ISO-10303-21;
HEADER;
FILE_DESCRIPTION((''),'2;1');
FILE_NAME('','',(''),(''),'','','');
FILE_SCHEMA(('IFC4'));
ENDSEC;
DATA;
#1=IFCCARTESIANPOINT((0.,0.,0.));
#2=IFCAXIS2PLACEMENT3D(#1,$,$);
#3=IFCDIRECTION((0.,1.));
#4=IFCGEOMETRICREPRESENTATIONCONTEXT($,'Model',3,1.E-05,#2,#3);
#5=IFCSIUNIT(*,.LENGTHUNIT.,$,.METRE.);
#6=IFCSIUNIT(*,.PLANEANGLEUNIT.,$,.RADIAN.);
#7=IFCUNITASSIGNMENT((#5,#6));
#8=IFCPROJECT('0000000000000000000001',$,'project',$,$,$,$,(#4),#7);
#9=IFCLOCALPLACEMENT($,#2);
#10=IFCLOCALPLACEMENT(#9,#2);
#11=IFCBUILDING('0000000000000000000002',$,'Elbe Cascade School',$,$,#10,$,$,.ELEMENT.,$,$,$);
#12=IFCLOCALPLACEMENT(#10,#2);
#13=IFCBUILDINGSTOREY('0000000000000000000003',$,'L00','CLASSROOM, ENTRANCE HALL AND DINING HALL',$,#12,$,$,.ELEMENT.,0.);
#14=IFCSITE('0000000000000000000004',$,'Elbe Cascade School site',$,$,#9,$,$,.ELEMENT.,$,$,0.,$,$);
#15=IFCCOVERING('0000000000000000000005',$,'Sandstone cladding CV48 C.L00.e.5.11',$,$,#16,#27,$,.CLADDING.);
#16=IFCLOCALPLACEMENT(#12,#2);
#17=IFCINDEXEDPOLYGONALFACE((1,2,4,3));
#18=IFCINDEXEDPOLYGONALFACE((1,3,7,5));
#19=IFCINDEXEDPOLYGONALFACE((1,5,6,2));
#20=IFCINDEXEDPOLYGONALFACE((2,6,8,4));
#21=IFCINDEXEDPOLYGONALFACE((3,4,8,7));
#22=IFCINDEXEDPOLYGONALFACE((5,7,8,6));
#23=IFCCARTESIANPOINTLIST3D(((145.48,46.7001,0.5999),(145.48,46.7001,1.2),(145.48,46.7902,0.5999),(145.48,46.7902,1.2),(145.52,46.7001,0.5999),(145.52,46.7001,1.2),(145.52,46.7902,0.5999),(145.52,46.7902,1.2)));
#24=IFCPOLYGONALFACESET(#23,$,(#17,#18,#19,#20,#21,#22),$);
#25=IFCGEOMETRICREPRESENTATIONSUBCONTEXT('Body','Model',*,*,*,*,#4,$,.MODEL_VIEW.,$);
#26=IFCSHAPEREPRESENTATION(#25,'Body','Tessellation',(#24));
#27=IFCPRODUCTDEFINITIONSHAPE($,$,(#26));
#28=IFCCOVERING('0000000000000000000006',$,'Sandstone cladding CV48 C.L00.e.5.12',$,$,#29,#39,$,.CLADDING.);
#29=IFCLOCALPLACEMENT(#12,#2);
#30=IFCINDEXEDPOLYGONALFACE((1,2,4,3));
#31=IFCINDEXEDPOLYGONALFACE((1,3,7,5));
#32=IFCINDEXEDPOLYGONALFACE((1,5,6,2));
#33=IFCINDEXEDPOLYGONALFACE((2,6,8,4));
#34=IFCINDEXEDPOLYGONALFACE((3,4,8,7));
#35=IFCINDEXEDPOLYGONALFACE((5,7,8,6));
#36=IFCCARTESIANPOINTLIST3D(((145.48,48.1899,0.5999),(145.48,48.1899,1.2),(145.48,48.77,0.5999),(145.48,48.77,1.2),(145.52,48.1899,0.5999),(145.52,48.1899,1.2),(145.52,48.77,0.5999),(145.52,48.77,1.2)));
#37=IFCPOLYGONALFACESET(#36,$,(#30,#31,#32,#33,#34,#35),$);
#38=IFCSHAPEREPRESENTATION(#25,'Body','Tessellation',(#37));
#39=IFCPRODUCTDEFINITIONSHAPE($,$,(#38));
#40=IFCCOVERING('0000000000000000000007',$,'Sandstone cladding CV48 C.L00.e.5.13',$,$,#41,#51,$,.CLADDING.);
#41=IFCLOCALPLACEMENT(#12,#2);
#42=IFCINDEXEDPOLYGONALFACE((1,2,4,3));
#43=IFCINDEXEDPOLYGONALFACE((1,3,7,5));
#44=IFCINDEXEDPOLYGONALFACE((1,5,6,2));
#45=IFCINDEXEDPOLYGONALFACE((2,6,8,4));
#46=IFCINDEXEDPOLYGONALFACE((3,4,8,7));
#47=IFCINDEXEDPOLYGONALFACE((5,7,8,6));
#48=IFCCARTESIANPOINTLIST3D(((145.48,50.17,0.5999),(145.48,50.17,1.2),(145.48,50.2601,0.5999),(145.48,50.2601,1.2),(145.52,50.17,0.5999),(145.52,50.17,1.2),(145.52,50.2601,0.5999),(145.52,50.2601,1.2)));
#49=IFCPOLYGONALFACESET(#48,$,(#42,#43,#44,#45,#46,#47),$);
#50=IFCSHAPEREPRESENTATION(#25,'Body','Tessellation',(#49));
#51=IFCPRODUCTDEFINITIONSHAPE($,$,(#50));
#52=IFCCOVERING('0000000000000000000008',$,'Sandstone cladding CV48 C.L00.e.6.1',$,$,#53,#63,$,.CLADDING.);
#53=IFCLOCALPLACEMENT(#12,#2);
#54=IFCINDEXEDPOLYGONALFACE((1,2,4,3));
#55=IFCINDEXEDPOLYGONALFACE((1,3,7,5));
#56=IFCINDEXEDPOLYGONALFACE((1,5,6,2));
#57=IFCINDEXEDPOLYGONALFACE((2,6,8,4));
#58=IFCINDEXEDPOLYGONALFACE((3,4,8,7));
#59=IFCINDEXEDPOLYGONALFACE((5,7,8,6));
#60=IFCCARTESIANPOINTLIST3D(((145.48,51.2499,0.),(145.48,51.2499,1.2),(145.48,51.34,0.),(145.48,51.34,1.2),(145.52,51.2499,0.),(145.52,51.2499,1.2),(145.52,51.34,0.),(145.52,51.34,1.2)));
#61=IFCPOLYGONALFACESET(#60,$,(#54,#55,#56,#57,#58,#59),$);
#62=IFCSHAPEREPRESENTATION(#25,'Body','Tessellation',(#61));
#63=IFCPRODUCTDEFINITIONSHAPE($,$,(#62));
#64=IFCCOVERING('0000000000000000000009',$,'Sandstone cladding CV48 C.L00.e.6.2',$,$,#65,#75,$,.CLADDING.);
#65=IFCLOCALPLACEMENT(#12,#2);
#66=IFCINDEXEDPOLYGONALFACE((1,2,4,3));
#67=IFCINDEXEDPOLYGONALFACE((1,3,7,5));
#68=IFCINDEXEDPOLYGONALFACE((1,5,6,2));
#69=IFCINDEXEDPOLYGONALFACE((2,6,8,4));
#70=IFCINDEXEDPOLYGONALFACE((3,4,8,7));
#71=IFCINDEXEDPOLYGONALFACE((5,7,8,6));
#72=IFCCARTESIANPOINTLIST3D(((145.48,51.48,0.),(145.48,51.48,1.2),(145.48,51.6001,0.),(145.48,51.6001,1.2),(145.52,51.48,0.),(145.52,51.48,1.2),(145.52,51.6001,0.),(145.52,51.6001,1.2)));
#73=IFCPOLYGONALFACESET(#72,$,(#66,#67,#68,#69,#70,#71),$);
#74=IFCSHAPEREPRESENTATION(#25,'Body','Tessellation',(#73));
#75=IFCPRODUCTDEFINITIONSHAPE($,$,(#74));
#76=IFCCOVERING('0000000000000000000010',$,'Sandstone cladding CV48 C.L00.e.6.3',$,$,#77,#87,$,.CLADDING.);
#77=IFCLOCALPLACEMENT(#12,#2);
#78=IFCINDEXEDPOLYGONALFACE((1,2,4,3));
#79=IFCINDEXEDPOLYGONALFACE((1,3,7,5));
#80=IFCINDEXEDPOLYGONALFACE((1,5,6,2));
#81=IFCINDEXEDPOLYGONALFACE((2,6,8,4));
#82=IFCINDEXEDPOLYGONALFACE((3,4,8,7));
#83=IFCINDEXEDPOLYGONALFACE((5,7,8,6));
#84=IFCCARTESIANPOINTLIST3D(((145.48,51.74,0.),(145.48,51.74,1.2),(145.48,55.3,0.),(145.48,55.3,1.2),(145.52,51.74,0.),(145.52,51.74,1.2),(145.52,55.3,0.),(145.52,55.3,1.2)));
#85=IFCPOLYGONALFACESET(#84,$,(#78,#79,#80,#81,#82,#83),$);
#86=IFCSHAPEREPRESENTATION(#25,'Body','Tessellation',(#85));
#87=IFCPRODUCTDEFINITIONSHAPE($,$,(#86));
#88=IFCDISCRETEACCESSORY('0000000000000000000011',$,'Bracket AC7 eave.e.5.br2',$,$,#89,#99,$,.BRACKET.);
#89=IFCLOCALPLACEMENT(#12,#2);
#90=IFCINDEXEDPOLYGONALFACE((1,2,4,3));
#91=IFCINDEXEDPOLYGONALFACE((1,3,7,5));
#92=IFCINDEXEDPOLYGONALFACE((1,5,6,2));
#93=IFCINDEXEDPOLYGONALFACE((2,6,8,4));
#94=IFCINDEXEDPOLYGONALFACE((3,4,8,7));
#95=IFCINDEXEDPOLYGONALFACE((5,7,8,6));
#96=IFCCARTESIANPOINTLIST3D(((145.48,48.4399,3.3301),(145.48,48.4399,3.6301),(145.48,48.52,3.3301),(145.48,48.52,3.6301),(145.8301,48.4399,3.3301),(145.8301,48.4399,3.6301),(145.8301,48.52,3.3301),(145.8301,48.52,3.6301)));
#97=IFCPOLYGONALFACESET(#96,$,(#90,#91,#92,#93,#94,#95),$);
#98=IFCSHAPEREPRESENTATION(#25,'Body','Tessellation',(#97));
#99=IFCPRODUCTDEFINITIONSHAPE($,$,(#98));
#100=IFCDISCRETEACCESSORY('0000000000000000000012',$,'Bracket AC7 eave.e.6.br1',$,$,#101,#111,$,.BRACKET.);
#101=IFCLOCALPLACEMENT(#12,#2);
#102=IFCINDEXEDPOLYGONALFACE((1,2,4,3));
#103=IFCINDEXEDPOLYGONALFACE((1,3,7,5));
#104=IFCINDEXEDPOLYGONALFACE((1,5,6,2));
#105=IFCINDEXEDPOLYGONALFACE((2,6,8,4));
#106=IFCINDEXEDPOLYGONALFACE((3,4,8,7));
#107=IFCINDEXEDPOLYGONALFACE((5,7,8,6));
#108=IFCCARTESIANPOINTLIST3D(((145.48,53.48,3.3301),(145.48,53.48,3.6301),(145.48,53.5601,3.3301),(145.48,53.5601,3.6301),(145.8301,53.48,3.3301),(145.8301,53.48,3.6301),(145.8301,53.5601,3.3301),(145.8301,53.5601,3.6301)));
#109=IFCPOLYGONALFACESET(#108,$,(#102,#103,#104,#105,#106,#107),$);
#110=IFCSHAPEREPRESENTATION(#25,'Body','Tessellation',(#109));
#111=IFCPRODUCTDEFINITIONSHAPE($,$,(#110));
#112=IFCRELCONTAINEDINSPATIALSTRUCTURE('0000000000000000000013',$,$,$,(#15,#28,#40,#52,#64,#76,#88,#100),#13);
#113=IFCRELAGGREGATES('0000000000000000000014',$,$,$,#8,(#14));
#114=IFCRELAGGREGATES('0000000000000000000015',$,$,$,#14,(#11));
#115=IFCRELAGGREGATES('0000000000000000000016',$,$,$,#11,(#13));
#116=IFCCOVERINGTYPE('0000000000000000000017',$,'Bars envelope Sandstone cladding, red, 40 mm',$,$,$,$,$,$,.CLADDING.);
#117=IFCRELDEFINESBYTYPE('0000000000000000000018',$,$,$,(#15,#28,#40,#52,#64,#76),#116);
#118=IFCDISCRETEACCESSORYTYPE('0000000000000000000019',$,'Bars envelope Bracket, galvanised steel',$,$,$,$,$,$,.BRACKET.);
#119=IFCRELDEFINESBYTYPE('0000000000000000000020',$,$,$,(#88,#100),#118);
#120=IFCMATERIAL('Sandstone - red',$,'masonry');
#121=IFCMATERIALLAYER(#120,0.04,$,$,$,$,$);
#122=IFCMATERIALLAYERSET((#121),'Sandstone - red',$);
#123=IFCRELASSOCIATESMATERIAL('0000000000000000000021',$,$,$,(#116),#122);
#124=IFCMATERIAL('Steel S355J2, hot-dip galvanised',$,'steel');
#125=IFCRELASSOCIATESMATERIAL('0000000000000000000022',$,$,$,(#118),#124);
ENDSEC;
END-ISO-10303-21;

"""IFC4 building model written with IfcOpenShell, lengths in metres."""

from ifc_helpers import new_model, si_unit, direction, frame, origin, origin_2d, place, context, subcontext, project, spatial, rectangle, extrude, material, layer, layer_set, type_object, element, save


model = new_model("IFC4")

# Units and contexts
model_context = context("Model", 3, precision=1e-05, world=origin(), true_north=direction((0.0, 1.0)))
body_context = subcontext(model_context, "Body", "Model", "MODEL_VIEW")
ifc_project = project(units=[si_unit("LENGTHUNIT", "METRE"), si_unit("PLANEANGLEUNIT", "RADIAN")], contexts=[model_context])

# Site, building, storey
site_placement = place(None, origin())
site = spatial("IfcSite", under=ifc_project, at=site_placement, Name="Elbe Cascade School site", CompositionType="ELEMENT", RefElevation=0.0)
building_placement = place(site_placement, origin())
building = spatial("IfcBuilding", under=site, at=building_placement, Name="Elbe Cascade School", CompositionType="ELEMENT")
storey_placement = place(building_placement, origin())
storey = spatial("IfcBuildingStorey", under=building, at=storey_placement, Name="L00", Description="CLASSROOM, ENTRANCE HALL AND DINING HALL", CompositionType="ELEMENT", Elevation=0.0)

# Coverings
ifc_material_1 = material(Name="Sandstone - red", Category="masonry")
ifc_layer_1 = layer(ifc_material_1, 0.04)
ifc_layer_set_1 = layer_set([ifc_layer_1], Name="Sandstone - red")
covering_type_1 = type_object("IfcCoveringType", Name="Bars envelope Sandstone cladding, red, 40 mm", PredefinedType="CLADDING", material=ifc_layer_set_1)
for number, where, z_axis, x_axis, name in (
    (1, (145.5, 46.7451, 0.5999), (0.0, 0.0, 1.0), (0.0, 1.0, 0.0), "Sandstone cladding CV48 C.L00.e.5.11"),
):
    element("IfcCovering", number, at=place(storey_placement, frame(where, z_axis=z_axis, x_axis=x_axis)), inside=storey, type_object=covering_type_1, Name=name, PredefinedType="CLADDING", context=body_context, shape_type="SweptSolid", body=[
        extrude(rectangle(XDim=0.0901, YDim=0.04, at=origin_2d()), origin(), (0.0, 0.0, 1.0), 0.6001),
    ])
covering_1_placement = place(storey_placement, frame((145.5, 48.48, 0.5999), z_axis=(0.0, 0.0, 1.0), x_axis=(0.0, 1.0, 0.0)))
element("IfcCovering", 2, at=covering_1_placement, inside=storey, type_object=covering_type_1, Name="Sandstone cladding CV48 C.L00.e.5.12", PredefinedType="CLADDING", context=body_context, shape_type="SweptSolid", body=[
    extrude(rectangle(XDim=0.5801, YDim=0.04, at=origin_2d()), origin(), (0.0, 0.0, 1.0), 0.6001),
])
covering_2_placement = place(storey_placement, frame((145.5, 50.2151, 0.5999), z_axis=(0.0, 0.0, 1.0), x_axis=(0.0, 1.0, 0.0)))
element("IfcCovering", 3, at=covering_2_placement, inside=storey, type_object=covering_type_1, Name="Sandstone cladding CV48 C.L00.e.5.13", PredefinedType="CLADDING", context=body_context, shape_type="SweptSolid", body=[
    extrude(rectangle(XDim=0.0901, YDim=0.04, at=origin_2d()), origin(), (0.0, 0.0, 1.0), 0.6001),
])
covering_3_placement = place(storey_placement, frame((145.5, 51.2949, 0.0), z_axis=(0.0, 0.0, 1.0), x_axis=(0.0, 1.0, 0.0)))
element("IfcCovering", 4, at=covering_3_placement, inside=storey, type_object=covering_type_1, Name="Sandstone cladding CV48 C.L00.e.6.1", PredefinedType="CLADDING", context=body_context, shape_type="SweptSolid", body=[
    extrude(rectangle(XDim=0.0901, YDim=0.04, at=origin_2d()), origin(), (0.0, 0.0, 1.0), 1.2),
])
covering_4_placement = place(storey_placement, frame((145.5, 51.54, 0.0), z_axis=(0.0, 0.0, 1.0), x_axis=(0.0, 1.0, 0.0)))
element("IfcCovering", 5, at=covering_4_placement, inside=storey, type_object=covering_type_1, Name="Sandstone cladding CV48 C.L00.e.6.2", PredefinedType="CLADDING", context=body_context, shape_type="SweptSolid", body=[
    extrude(rectangle(XDim=0.1201, YDim=0.04, at=origin_2d()), origin(), (0.0, 0.0, 1.0), 1.2),
])
covering_5_placement = place(storey_placement, frame((145.5, 53.52, 0.0), z_axis=(0.0, 0.0, 1.0), x_axis=(0.0, 1.0, 0.0)))
element("IfcCovering", 6, at=covering_5_placement, inside=storey, type_object=covering_type_1, Name="Sandstone cladding CV48 C.L00.e.6.3", PredefinedType="CLADDING", context=body_context, shape_type="SweptSolid", body=[
    extrude(rectangle(XDim=3.5601, YDim=0.04, at=origin_2d()), origin(), (0.0, 0.0, 1.0), 1.2),
])

# Discrete accessories
ifc_material_2 = material(Name="Steel S355J2, hot-dip galvanised", Category="steel")
discrete_accessory_type = type_object("IfcDiscreteAccessoryType", Name="Bars envelope Bracket, galvanised steel", PredefinedType="BRACKET", material=ifc_material_2)
for number, where, z_axis, x_axis, name in (
    (7, (145.655, 48.48, 3.3301), (0.0, 0.0, 1.0), (0.0, 1.0, 0.0), "Bracket AC7 eave.e.5.br2"),
    (8, (145.655, 53.52, 3.3301), (0.0, 0.0, 1.0), (0.0, 1.0, 0.0), "Bracket AC7 eave.e.6.br1"),
):
    element("IfcDiscreteAccessory", number, at=place(storey_placement, frame(where, z_axis=z_axis, x_axis=x_axis)), inside=storey, type_object=discrete_accessory_type, Name=name, PredefinedType="BRACKET", context=body_context, shape_type="SweptSolid", body=[
        extrude(rectangle(XDim=0.0801, YDim=0.3501, at=origin_2d()), origin(), (0.0, 0.0, 1.0), 0.3),
    ])

save(model, "model.ifc")
